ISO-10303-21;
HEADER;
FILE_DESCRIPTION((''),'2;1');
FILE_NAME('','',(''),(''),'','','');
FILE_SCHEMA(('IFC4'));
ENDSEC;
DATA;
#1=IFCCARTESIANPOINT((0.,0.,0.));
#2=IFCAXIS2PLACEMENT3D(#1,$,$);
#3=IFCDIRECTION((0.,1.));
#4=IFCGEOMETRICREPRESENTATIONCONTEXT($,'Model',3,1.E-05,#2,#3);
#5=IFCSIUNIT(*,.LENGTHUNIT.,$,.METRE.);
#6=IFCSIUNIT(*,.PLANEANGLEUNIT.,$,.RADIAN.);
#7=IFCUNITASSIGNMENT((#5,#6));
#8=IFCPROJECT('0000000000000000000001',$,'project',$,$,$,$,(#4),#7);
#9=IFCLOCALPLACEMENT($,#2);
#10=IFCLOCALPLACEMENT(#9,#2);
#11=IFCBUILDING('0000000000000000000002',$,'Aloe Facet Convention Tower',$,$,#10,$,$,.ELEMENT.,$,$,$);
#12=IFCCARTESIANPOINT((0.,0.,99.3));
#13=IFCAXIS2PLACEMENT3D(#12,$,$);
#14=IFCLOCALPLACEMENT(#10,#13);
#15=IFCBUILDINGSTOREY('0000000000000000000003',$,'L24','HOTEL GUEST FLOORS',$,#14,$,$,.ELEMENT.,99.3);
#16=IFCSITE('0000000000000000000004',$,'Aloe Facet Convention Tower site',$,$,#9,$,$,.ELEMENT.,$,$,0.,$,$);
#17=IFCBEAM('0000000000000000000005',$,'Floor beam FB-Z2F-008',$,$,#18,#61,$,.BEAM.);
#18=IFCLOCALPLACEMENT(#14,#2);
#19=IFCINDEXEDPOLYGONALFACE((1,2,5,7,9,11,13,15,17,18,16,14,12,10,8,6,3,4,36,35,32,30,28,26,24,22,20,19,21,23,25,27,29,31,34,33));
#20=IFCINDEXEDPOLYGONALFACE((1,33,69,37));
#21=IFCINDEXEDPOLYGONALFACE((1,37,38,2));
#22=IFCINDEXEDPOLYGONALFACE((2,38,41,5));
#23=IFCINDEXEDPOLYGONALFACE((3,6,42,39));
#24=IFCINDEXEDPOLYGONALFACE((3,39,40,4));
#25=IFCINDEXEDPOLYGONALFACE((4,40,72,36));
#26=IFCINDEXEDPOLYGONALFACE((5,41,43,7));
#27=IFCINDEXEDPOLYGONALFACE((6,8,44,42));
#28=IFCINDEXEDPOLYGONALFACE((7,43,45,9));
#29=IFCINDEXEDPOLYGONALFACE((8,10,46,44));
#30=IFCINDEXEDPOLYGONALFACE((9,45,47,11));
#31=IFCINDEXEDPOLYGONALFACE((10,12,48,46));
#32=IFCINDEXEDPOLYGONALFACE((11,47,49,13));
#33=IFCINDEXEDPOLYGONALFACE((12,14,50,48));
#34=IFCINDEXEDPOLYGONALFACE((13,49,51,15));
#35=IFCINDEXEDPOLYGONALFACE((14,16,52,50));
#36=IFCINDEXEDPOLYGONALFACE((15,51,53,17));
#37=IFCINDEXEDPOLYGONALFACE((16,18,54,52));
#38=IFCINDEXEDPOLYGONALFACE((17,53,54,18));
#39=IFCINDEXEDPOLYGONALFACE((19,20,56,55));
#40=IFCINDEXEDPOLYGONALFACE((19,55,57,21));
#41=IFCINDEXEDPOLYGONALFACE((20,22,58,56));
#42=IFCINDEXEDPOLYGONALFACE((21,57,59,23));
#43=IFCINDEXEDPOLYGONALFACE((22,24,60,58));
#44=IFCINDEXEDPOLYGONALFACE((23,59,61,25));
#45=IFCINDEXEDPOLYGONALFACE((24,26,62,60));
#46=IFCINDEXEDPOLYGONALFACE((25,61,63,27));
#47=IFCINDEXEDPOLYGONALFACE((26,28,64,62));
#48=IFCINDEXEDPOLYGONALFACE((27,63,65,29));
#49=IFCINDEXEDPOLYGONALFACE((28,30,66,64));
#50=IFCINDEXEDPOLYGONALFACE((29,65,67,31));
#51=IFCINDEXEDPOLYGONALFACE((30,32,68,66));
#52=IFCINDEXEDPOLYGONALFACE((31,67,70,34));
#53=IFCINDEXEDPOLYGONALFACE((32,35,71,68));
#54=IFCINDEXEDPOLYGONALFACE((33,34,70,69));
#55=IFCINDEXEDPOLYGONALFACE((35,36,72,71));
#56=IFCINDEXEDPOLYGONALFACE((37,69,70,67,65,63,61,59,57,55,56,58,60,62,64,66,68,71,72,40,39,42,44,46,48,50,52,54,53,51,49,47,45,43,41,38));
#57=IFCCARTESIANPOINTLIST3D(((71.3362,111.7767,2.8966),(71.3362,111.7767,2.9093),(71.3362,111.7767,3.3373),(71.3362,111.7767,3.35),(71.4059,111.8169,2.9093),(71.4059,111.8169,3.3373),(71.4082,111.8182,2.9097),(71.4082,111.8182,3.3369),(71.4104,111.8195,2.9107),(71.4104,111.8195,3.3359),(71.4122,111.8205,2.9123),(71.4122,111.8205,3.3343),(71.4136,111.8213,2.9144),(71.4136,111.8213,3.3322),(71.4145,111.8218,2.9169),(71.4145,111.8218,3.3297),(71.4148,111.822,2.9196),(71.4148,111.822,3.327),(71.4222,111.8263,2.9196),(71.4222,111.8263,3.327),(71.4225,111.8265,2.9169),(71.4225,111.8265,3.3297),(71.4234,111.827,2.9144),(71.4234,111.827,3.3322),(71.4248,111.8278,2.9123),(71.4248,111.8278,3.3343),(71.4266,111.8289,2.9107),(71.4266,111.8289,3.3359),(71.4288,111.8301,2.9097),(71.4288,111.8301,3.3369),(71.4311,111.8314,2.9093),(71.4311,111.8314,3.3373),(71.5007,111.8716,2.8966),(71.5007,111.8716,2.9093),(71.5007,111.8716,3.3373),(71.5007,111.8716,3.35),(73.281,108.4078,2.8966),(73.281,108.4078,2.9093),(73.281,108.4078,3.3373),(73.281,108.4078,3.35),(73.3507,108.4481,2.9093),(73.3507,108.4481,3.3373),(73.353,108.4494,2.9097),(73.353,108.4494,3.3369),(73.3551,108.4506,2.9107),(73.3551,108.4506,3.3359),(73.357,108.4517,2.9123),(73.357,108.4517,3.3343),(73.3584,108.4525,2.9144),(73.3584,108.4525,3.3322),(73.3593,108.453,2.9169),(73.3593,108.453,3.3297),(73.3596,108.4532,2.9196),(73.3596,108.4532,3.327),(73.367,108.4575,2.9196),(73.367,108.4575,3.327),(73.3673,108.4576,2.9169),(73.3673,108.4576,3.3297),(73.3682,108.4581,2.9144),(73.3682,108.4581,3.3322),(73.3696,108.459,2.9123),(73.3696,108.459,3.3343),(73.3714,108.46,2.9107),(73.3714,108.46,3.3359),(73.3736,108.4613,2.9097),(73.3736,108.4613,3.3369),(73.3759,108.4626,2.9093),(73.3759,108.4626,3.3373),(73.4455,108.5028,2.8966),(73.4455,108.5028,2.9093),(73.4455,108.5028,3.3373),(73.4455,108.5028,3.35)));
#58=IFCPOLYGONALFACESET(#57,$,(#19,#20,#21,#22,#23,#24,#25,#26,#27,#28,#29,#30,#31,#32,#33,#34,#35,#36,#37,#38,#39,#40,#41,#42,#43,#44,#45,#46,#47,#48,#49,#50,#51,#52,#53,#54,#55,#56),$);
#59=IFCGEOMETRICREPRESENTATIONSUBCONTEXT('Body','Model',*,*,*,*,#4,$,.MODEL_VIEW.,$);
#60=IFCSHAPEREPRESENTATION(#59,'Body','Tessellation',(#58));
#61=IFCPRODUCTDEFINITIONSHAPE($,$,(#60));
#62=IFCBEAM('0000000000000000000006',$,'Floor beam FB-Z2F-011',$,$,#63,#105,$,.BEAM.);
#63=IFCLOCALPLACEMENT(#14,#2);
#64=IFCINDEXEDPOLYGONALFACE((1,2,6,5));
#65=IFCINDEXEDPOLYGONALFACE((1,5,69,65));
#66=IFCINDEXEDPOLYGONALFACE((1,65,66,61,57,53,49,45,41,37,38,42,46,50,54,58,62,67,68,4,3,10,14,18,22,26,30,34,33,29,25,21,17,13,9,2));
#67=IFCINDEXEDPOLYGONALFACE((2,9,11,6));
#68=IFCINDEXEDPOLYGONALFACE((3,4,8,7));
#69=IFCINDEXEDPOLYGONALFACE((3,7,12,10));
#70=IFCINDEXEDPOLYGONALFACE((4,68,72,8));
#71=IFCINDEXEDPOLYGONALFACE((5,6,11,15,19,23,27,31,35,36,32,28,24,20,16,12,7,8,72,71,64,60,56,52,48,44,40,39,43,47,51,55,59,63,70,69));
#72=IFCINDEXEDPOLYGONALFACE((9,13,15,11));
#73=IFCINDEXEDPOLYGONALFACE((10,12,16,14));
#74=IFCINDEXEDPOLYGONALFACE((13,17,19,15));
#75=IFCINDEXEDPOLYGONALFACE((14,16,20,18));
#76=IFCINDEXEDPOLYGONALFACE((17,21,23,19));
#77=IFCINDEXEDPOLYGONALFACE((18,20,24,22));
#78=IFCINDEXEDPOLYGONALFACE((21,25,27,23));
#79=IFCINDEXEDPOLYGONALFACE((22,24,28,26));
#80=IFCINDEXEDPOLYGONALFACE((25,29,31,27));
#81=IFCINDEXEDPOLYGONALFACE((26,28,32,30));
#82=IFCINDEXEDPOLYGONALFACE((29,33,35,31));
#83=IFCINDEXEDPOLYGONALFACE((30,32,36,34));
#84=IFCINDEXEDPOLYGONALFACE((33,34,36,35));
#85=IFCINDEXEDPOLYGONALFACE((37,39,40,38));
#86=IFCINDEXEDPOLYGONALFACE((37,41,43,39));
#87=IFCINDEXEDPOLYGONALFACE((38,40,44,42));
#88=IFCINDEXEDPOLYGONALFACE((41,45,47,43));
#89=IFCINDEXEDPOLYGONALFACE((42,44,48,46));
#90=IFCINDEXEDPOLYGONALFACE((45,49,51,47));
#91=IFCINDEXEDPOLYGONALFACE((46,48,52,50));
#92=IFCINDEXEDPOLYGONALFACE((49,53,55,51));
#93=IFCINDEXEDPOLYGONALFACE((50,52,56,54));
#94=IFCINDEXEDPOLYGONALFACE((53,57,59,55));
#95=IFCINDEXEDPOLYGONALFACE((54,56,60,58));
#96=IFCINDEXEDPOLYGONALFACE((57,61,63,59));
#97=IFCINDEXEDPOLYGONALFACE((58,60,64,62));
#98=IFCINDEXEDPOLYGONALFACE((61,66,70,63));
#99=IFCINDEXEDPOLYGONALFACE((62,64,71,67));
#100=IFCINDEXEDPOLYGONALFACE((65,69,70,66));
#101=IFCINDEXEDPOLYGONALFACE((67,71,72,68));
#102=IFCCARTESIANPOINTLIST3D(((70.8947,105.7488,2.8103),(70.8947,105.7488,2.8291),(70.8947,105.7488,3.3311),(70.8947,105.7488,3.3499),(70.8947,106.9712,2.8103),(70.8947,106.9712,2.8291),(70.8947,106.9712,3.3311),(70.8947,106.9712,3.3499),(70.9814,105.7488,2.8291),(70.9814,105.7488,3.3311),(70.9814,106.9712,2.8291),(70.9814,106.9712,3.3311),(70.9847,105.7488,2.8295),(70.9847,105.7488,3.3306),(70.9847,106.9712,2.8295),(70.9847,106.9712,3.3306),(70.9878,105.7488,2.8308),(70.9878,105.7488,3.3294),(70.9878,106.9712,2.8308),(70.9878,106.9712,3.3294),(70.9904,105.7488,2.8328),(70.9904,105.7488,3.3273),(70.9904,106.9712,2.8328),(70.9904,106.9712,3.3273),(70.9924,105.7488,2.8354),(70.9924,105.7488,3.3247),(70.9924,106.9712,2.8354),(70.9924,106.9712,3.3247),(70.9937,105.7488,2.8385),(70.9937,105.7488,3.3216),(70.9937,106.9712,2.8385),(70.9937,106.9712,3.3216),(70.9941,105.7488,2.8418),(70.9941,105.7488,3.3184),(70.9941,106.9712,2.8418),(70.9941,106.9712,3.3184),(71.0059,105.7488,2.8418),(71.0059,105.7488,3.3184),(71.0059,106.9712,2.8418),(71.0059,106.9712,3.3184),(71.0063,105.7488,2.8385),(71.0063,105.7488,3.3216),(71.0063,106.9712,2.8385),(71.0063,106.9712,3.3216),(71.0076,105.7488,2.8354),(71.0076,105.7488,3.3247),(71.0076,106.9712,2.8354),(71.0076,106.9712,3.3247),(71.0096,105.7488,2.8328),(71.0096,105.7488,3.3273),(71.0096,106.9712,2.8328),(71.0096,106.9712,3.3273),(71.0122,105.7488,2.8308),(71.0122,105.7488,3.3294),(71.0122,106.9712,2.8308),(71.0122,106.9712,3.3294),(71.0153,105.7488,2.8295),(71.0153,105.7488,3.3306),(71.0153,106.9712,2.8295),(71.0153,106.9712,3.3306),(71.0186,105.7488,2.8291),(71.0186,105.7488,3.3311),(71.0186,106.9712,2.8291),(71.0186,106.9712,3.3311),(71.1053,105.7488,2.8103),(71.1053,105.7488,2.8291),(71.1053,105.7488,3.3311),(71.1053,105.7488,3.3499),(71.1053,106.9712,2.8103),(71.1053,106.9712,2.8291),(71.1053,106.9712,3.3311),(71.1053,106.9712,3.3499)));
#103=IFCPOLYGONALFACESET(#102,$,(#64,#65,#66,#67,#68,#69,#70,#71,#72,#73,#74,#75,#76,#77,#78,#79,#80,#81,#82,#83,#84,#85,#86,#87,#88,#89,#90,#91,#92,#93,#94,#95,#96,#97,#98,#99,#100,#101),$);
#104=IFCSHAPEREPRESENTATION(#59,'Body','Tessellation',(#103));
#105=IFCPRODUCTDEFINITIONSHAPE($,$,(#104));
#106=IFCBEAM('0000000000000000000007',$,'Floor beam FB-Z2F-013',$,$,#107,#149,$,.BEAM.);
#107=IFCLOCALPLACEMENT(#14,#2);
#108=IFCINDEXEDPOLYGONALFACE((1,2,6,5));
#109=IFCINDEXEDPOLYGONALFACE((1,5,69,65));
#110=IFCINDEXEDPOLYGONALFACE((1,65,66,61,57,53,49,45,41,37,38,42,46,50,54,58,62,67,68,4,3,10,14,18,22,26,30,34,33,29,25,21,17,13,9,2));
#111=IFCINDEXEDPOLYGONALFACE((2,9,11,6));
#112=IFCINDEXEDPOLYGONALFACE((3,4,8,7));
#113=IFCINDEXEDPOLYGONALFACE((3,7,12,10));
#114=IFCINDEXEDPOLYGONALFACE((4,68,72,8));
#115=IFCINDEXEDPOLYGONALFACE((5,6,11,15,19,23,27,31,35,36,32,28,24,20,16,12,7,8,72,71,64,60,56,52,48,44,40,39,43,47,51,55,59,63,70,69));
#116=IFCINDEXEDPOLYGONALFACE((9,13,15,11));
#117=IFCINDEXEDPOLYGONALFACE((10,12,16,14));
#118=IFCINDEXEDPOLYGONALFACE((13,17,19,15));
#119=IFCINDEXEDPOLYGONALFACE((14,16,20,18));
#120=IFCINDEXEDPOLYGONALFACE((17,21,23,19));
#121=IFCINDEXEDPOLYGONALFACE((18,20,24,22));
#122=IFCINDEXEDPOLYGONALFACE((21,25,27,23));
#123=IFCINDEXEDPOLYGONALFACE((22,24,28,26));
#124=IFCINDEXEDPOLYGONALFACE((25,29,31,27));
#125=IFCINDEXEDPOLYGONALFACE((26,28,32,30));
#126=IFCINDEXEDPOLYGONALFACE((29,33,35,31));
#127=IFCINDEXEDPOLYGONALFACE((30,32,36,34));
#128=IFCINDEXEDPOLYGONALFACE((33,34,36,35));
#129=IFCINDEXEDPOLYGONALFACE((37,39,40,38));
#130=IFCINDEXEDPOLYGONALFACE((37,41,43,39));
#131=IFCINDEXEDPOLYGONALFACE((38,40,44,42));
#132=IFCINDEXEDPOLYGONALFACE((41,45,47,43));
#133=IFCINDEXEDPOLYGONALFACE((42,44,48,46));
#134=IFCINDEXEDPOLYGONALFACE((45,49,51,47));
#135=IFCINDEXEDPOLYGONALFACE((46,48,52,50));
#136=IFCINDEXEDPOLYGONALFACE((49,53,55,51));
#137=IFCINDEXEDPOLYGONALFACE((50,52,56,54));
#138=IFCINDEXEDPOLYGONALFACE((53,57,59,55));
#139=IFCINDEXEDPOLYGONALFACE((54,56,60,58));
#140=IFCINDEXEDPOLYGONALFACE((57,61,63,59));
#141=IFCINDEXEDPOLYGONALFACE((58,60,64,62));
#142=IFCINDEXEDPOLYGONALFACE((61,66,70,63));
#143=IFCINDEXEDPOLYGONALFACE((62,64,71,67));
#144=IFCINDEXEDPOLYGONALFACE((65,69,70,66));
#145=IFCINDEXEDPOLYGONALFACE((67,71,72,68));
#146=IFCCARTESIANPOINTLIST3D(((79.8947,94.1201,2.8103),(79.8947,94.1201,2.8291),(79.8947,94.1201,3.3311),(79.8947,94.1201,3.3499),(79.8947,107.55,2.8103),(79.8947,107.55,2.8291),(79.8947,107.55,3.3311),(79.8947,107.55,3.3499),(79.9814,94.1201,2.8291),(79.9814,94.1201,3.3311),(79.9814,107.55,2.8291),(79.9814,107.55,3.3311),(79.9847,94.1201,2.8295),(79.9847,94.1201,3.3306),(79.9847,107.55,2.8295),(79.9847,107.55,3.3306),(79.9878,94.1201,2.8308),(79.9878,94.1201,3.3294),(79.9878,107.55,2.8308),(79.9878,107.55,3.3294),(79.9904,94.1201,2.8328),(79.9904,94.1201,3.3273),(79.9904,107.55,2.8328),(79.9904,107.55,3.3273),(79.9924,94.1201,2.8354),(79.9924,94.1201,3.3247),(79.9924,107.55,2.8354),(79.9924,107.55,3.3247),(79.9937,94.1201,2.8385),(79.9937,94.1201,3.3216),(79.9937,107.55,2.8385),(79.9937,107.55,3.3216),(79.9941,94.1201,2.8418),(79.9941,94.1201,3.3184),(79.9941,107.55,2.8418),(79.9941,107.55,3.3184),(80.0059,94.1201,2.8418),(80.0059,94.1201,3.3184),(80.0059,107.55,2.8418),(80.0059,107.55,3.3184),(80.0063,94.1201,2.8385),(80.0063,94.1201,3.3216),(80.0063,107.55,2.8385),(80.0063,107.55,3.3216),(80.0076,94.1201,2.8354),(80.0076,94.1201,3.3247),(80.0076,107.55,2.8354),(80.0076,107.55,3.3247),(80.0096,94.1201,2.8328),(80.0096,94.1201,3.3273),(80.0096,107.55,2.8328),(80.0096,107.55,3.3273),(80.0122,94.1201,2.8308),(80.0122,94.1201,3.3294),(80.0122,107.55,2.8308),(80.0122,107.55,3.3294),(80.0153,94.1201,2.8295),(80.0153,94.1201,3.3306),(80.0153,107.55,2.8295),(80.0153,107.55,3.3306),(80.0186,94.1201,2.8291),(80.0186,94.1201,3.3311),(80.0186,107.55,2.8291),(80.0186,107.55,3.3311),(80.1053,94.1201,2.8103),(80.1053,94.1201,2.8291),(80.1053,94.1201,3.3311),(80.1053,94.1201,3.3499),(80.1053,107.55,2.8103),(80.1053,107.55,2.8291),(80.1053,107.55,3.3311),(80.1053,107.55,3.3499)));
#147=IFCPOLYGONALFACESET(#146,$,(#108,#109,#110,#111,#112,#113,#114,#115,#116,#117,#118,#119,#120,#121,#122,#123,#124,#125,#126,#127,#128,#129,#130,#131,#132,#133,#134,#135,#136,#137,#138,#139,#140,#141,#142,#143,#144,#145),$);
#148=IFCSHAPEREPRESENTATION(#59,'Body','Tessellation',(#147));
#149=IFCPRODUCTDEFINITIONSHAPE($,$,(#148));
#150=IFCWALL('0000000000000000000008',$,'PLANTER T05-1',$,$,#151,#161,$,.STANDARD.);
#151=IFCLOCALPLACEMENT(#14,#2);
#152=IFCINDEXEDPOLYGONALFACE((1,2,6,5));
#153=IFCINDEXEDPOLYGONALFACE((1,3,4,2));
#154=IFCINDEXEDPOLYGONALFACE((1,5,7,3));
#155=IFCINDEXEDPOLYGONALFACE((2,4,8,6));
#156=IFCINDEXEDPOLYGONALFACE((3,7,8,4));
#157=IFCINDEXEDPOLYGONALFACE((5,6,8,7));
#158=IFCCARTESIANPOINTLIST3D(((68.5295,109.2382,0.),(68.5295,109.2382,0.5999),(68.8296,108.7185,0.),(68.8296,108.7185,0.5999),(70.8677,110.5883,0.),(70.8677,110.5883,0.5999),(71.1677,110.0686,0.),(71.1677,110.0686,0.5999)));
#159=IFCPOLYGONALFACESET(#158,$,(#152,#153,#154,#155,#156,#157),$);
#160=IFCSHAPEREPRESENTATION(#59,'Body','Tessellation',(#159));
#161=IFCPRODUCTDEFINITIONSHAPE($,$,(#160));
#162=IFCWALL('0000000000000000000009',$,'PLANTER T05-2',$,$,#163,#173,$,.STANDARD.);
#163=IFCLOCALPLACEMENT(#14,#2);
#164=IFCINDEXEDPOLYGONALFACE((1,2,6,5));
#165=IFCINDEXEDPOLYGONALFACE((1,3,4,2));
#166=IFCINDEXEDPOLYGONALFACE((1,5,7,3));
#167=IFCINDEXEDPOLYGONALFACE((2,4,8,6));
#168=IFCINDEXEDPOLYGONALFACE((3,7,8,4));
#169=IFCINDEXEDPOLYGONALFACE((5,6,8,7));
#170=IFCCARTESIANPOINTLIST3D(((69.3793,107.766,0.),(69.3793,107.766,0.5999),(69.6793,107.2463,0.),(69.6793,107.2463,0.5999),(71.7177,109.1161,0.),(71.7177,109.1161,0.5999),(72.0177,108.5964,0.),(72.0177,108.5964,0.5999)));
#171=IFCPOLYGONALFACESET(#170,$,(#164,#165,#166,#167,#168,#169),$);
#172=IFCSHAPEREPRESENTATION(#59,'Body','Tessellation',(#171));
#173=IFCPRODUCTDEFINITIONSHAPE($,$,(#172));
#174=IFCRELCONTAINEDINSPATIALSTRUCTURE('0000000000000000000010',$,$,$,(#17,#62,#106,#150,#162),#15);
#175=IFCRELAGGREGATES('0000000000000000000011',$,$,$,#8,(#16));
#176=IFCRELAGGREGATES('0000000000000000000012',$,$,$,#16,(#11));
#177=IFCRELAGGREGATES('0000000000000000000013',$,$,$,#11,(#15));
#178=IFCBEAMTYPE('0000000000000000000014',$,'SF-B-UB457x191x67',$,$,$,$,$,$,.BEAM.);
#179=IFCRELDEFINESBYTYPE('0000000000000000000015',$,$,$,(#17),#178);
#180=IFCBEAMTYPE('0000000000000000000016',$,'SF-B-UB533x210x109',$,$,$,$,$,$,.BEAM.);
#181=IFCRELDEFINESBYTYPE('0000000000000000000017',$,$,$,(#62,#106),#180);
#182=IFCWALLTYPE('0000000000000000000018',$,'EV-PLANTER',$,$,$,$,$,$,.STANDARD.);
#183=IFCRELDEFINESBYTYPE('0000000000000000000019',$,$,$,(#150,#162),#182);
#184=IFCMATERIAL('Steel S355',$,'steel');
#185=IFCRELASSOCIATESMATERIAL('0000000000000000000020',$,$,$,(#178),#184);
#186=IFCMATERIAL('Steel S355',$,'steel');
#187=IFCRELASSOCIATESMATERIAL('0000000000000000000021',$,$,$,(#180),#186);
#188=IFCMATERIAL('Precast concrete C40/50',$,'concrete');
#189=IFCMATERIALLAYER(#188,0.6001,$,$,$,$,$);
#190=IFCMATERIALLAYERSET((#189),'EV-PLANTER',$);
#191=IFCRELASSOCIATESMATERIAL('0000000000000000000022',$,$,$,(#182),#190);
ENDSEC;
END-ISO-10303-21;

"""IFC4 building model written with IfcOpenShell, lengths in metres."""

from ifc_helpers import new_model, si_unit, direction, frame, frame_2d, origin, origin_2d, place, context, subcontext, project, spatial, rectangle, i_section, extrude, material, layer, layer_set, material_profile, profile_set, type_object, element, save


model = new_model("IFC4")

# Units and contexts
model_context = context("Model", 3, precision=1e-05, world=origin(), true_north=direction((0.0, 1.0)))
body_context = subcontext(model_context, "Body", "Model", "MODEL_VIEW")
ifc_project = project(units=[si_unit("LENGTHUNIT", "METRE"), si_unit("PLANEANGLEUNIT", "RADIAN")], contexts=[model_context])

# Site, building, storey
site_placement = place(None, origin())
site = spatial("IfcSite", under=ifc_project, at=site_placement, Name="Aloe Facet Convention Tower site", CompositionType="ELEMENT", RefElevation=0.0)
building_placement = place(site_placement, origin())
building = spatial("IfcBuilding", under=site, at=building_placement, Name="Aloe Facet Convention Tower", CompositionType="ELEMENT")
storey_placement = place(building_placement, frame((0.0, 0.0, 99.3)))
storey = spatial("IfcBuildingStorey", under=building, at=storey_placement, Name="L24", Description="HOTEL GUEST FLOORS", CompositionType="ELEMENT", Elevation=99.3)

# Beams
ifc_material_1 = material(Name="Steel S355", Category="steel")
ifc_material_profile_1 = material_profile(ifc_material_1, i_section(OverallWidth=0.1899, OverallDepth=0.4534, WebThickness=0.0085, FlangeThickness=0.0127, FilletRadius=0.0103, at=origin_2d()), Name="UB 457x191x67")
ifc_profile_set_1 = profile_set([ifc_material_profile_1], Name="Steel S355")
beam_type_1 = type_object("IfcBeamType", Name="SF-B-UB457x191x67", PredefinedType="BEAM", material=ifc_profile_set_1)
beam_1_placement = place(storey_placement, frame((73.3633, 108.4553, 3.1233), z_axis=(-0.49996, 0.866049, 0.0), x_axis=(-0.866049, -0.49996, 0.0)))
element("IfcBeam", 1, at=beam_1_placement, inside=storey, type_object=beam_type_1, Name="Floor beam FB-Z2F-008", PredefinedType="BEAM", context=body_context, shape_type="SweptSolid", body=[
    extrude(i_section(OverallWidth=0.1899, OverallDepth=0.4534, WebThickness=0.0085, FlangeThickness=0.0127, FilletRadius=0.0103, at=origin_2d()), origin(), (0.0, 0.0, 1.0), 3.8899),
])
ifc_material_2 = material(Name="Steel S355", Category="steel")
ifc_material_profile_2 = material_profile(ifc_material_2, i_section(OverallWidth=0.2107, OverallDepth=0.5396, WebThickness=0.0117, FlangeThickness=0.0188, FilletRadius=0.0127, at=origin_2d()), Name="UB 533x210x109")
ifc_profile_set_2 = profile_set([ifc_material_profile_2], Name="Steel S355")
beam_type_2 = type_object("IfcBeamType", Name="SF-B-UB533x210x109", PredefinedType="BEAM", material=ifc_profile_set_2)
beam_2_placement = place(storey_placement, frame((71.0, 106.9712, 3.0801), z_axis=(0.0, -1.0, 0.0), x_axis=(1.0, 0.0, 0.0)))
element("IfcBeam", 2, at=beam_2_placement, inside=storey, type_object=beam_type_2, Name="Floor beam FB-Z2F-011", PredefinedType="BEAM", context=body_context, shape_type="SweptSolid", body=[
    extrude(i_section(OverallWidth=0.2107, OverallDepth=0.5396, WebThickness=0.0117, FlangeThickness=0.0188, FilletRadius=0.0127, at=origin_2d()), origin(), (0.0, 0.0, 1.0), 1.2224),
])
beam_3_placement = place(storey_placement, frame((80.0, 107.55, 3.0801), z_axis=(0.0, -1.0, 0.0), x_axis=(1.0, 0.0, 0.0)))
element("IfcBeam", 3, at=beam_3_placement, inside=storey, type_object=beam_type_2, Name="Floor beam FB-Z2F-013", PredefinedType="BEAM", context=body_context, shape_type="SweptSolid", body=[
    extrude(i_section(OverallWidth=0.2107, OverallDepth=0.5396, WebThickness=0.0117, FlangeThickness=0.0188, FilletRadius=0.0127, at=origin_2d()), origin(), (0.0, 0.0, 1.0), 13.4299),
])

# Walls
ifc_material_3 = material(Name="Precast concrete C40/50", Category="concrete")
ifc_layer_1 = layer(ifc_material_3, 0.6001)
ifc_layer_set_1 = layer_set([ifc_layer_1], Name="EV-PLANTER")
wall_type_1 = type_object("IfcWallType", Name="EV-PLANTER", PredefinedType="STANDARD", material=ifc_layer_set_1)
wall_1_placement = place(storey_placement, frame((68.6794, 108.9783, 0.0), z_axis=(0.0, 0.0, 1.0), x_axis=(0.865997, 0.500049, 0.0)))
element("IfcWall", 4, at=wall_1_placement, inside=storey, type_object=wall_type_1, Name="PLANTER T05-1", PredefinedType="STANDARD", context=body_context, shape_type="SweptSolid", body=[
    extrude(rectangle(XDim=2.7, YDim=0.6001, at=frame_2d((1.3501, 0.0))), origin(), (0.0, 0.0, 1.0), 0.5999),
])
wall_2_placement = place(storey_placement, frame((69.5293, 107.5061, 0.0), z_axis=(0.0, 0.0, 1.0), x_axis=(0.86602, 0.500009, 0.0)))
element("IfcWall", 5, at=wall_2_placement, inside=storey, type_object=wall_type_1, Name="PLANTER T05-2", PredefinedType="STANDARD", context=body_context, shape_type="SweptSolid", body=[
    extrude(rectangle(XDim=2.7002, YDim=0.6001, at=frame_2d((1.3501, 0.0))), origin(), (0.0, 0.0, 1.0), 0.5999),
])

save(model, "model.ifc")
